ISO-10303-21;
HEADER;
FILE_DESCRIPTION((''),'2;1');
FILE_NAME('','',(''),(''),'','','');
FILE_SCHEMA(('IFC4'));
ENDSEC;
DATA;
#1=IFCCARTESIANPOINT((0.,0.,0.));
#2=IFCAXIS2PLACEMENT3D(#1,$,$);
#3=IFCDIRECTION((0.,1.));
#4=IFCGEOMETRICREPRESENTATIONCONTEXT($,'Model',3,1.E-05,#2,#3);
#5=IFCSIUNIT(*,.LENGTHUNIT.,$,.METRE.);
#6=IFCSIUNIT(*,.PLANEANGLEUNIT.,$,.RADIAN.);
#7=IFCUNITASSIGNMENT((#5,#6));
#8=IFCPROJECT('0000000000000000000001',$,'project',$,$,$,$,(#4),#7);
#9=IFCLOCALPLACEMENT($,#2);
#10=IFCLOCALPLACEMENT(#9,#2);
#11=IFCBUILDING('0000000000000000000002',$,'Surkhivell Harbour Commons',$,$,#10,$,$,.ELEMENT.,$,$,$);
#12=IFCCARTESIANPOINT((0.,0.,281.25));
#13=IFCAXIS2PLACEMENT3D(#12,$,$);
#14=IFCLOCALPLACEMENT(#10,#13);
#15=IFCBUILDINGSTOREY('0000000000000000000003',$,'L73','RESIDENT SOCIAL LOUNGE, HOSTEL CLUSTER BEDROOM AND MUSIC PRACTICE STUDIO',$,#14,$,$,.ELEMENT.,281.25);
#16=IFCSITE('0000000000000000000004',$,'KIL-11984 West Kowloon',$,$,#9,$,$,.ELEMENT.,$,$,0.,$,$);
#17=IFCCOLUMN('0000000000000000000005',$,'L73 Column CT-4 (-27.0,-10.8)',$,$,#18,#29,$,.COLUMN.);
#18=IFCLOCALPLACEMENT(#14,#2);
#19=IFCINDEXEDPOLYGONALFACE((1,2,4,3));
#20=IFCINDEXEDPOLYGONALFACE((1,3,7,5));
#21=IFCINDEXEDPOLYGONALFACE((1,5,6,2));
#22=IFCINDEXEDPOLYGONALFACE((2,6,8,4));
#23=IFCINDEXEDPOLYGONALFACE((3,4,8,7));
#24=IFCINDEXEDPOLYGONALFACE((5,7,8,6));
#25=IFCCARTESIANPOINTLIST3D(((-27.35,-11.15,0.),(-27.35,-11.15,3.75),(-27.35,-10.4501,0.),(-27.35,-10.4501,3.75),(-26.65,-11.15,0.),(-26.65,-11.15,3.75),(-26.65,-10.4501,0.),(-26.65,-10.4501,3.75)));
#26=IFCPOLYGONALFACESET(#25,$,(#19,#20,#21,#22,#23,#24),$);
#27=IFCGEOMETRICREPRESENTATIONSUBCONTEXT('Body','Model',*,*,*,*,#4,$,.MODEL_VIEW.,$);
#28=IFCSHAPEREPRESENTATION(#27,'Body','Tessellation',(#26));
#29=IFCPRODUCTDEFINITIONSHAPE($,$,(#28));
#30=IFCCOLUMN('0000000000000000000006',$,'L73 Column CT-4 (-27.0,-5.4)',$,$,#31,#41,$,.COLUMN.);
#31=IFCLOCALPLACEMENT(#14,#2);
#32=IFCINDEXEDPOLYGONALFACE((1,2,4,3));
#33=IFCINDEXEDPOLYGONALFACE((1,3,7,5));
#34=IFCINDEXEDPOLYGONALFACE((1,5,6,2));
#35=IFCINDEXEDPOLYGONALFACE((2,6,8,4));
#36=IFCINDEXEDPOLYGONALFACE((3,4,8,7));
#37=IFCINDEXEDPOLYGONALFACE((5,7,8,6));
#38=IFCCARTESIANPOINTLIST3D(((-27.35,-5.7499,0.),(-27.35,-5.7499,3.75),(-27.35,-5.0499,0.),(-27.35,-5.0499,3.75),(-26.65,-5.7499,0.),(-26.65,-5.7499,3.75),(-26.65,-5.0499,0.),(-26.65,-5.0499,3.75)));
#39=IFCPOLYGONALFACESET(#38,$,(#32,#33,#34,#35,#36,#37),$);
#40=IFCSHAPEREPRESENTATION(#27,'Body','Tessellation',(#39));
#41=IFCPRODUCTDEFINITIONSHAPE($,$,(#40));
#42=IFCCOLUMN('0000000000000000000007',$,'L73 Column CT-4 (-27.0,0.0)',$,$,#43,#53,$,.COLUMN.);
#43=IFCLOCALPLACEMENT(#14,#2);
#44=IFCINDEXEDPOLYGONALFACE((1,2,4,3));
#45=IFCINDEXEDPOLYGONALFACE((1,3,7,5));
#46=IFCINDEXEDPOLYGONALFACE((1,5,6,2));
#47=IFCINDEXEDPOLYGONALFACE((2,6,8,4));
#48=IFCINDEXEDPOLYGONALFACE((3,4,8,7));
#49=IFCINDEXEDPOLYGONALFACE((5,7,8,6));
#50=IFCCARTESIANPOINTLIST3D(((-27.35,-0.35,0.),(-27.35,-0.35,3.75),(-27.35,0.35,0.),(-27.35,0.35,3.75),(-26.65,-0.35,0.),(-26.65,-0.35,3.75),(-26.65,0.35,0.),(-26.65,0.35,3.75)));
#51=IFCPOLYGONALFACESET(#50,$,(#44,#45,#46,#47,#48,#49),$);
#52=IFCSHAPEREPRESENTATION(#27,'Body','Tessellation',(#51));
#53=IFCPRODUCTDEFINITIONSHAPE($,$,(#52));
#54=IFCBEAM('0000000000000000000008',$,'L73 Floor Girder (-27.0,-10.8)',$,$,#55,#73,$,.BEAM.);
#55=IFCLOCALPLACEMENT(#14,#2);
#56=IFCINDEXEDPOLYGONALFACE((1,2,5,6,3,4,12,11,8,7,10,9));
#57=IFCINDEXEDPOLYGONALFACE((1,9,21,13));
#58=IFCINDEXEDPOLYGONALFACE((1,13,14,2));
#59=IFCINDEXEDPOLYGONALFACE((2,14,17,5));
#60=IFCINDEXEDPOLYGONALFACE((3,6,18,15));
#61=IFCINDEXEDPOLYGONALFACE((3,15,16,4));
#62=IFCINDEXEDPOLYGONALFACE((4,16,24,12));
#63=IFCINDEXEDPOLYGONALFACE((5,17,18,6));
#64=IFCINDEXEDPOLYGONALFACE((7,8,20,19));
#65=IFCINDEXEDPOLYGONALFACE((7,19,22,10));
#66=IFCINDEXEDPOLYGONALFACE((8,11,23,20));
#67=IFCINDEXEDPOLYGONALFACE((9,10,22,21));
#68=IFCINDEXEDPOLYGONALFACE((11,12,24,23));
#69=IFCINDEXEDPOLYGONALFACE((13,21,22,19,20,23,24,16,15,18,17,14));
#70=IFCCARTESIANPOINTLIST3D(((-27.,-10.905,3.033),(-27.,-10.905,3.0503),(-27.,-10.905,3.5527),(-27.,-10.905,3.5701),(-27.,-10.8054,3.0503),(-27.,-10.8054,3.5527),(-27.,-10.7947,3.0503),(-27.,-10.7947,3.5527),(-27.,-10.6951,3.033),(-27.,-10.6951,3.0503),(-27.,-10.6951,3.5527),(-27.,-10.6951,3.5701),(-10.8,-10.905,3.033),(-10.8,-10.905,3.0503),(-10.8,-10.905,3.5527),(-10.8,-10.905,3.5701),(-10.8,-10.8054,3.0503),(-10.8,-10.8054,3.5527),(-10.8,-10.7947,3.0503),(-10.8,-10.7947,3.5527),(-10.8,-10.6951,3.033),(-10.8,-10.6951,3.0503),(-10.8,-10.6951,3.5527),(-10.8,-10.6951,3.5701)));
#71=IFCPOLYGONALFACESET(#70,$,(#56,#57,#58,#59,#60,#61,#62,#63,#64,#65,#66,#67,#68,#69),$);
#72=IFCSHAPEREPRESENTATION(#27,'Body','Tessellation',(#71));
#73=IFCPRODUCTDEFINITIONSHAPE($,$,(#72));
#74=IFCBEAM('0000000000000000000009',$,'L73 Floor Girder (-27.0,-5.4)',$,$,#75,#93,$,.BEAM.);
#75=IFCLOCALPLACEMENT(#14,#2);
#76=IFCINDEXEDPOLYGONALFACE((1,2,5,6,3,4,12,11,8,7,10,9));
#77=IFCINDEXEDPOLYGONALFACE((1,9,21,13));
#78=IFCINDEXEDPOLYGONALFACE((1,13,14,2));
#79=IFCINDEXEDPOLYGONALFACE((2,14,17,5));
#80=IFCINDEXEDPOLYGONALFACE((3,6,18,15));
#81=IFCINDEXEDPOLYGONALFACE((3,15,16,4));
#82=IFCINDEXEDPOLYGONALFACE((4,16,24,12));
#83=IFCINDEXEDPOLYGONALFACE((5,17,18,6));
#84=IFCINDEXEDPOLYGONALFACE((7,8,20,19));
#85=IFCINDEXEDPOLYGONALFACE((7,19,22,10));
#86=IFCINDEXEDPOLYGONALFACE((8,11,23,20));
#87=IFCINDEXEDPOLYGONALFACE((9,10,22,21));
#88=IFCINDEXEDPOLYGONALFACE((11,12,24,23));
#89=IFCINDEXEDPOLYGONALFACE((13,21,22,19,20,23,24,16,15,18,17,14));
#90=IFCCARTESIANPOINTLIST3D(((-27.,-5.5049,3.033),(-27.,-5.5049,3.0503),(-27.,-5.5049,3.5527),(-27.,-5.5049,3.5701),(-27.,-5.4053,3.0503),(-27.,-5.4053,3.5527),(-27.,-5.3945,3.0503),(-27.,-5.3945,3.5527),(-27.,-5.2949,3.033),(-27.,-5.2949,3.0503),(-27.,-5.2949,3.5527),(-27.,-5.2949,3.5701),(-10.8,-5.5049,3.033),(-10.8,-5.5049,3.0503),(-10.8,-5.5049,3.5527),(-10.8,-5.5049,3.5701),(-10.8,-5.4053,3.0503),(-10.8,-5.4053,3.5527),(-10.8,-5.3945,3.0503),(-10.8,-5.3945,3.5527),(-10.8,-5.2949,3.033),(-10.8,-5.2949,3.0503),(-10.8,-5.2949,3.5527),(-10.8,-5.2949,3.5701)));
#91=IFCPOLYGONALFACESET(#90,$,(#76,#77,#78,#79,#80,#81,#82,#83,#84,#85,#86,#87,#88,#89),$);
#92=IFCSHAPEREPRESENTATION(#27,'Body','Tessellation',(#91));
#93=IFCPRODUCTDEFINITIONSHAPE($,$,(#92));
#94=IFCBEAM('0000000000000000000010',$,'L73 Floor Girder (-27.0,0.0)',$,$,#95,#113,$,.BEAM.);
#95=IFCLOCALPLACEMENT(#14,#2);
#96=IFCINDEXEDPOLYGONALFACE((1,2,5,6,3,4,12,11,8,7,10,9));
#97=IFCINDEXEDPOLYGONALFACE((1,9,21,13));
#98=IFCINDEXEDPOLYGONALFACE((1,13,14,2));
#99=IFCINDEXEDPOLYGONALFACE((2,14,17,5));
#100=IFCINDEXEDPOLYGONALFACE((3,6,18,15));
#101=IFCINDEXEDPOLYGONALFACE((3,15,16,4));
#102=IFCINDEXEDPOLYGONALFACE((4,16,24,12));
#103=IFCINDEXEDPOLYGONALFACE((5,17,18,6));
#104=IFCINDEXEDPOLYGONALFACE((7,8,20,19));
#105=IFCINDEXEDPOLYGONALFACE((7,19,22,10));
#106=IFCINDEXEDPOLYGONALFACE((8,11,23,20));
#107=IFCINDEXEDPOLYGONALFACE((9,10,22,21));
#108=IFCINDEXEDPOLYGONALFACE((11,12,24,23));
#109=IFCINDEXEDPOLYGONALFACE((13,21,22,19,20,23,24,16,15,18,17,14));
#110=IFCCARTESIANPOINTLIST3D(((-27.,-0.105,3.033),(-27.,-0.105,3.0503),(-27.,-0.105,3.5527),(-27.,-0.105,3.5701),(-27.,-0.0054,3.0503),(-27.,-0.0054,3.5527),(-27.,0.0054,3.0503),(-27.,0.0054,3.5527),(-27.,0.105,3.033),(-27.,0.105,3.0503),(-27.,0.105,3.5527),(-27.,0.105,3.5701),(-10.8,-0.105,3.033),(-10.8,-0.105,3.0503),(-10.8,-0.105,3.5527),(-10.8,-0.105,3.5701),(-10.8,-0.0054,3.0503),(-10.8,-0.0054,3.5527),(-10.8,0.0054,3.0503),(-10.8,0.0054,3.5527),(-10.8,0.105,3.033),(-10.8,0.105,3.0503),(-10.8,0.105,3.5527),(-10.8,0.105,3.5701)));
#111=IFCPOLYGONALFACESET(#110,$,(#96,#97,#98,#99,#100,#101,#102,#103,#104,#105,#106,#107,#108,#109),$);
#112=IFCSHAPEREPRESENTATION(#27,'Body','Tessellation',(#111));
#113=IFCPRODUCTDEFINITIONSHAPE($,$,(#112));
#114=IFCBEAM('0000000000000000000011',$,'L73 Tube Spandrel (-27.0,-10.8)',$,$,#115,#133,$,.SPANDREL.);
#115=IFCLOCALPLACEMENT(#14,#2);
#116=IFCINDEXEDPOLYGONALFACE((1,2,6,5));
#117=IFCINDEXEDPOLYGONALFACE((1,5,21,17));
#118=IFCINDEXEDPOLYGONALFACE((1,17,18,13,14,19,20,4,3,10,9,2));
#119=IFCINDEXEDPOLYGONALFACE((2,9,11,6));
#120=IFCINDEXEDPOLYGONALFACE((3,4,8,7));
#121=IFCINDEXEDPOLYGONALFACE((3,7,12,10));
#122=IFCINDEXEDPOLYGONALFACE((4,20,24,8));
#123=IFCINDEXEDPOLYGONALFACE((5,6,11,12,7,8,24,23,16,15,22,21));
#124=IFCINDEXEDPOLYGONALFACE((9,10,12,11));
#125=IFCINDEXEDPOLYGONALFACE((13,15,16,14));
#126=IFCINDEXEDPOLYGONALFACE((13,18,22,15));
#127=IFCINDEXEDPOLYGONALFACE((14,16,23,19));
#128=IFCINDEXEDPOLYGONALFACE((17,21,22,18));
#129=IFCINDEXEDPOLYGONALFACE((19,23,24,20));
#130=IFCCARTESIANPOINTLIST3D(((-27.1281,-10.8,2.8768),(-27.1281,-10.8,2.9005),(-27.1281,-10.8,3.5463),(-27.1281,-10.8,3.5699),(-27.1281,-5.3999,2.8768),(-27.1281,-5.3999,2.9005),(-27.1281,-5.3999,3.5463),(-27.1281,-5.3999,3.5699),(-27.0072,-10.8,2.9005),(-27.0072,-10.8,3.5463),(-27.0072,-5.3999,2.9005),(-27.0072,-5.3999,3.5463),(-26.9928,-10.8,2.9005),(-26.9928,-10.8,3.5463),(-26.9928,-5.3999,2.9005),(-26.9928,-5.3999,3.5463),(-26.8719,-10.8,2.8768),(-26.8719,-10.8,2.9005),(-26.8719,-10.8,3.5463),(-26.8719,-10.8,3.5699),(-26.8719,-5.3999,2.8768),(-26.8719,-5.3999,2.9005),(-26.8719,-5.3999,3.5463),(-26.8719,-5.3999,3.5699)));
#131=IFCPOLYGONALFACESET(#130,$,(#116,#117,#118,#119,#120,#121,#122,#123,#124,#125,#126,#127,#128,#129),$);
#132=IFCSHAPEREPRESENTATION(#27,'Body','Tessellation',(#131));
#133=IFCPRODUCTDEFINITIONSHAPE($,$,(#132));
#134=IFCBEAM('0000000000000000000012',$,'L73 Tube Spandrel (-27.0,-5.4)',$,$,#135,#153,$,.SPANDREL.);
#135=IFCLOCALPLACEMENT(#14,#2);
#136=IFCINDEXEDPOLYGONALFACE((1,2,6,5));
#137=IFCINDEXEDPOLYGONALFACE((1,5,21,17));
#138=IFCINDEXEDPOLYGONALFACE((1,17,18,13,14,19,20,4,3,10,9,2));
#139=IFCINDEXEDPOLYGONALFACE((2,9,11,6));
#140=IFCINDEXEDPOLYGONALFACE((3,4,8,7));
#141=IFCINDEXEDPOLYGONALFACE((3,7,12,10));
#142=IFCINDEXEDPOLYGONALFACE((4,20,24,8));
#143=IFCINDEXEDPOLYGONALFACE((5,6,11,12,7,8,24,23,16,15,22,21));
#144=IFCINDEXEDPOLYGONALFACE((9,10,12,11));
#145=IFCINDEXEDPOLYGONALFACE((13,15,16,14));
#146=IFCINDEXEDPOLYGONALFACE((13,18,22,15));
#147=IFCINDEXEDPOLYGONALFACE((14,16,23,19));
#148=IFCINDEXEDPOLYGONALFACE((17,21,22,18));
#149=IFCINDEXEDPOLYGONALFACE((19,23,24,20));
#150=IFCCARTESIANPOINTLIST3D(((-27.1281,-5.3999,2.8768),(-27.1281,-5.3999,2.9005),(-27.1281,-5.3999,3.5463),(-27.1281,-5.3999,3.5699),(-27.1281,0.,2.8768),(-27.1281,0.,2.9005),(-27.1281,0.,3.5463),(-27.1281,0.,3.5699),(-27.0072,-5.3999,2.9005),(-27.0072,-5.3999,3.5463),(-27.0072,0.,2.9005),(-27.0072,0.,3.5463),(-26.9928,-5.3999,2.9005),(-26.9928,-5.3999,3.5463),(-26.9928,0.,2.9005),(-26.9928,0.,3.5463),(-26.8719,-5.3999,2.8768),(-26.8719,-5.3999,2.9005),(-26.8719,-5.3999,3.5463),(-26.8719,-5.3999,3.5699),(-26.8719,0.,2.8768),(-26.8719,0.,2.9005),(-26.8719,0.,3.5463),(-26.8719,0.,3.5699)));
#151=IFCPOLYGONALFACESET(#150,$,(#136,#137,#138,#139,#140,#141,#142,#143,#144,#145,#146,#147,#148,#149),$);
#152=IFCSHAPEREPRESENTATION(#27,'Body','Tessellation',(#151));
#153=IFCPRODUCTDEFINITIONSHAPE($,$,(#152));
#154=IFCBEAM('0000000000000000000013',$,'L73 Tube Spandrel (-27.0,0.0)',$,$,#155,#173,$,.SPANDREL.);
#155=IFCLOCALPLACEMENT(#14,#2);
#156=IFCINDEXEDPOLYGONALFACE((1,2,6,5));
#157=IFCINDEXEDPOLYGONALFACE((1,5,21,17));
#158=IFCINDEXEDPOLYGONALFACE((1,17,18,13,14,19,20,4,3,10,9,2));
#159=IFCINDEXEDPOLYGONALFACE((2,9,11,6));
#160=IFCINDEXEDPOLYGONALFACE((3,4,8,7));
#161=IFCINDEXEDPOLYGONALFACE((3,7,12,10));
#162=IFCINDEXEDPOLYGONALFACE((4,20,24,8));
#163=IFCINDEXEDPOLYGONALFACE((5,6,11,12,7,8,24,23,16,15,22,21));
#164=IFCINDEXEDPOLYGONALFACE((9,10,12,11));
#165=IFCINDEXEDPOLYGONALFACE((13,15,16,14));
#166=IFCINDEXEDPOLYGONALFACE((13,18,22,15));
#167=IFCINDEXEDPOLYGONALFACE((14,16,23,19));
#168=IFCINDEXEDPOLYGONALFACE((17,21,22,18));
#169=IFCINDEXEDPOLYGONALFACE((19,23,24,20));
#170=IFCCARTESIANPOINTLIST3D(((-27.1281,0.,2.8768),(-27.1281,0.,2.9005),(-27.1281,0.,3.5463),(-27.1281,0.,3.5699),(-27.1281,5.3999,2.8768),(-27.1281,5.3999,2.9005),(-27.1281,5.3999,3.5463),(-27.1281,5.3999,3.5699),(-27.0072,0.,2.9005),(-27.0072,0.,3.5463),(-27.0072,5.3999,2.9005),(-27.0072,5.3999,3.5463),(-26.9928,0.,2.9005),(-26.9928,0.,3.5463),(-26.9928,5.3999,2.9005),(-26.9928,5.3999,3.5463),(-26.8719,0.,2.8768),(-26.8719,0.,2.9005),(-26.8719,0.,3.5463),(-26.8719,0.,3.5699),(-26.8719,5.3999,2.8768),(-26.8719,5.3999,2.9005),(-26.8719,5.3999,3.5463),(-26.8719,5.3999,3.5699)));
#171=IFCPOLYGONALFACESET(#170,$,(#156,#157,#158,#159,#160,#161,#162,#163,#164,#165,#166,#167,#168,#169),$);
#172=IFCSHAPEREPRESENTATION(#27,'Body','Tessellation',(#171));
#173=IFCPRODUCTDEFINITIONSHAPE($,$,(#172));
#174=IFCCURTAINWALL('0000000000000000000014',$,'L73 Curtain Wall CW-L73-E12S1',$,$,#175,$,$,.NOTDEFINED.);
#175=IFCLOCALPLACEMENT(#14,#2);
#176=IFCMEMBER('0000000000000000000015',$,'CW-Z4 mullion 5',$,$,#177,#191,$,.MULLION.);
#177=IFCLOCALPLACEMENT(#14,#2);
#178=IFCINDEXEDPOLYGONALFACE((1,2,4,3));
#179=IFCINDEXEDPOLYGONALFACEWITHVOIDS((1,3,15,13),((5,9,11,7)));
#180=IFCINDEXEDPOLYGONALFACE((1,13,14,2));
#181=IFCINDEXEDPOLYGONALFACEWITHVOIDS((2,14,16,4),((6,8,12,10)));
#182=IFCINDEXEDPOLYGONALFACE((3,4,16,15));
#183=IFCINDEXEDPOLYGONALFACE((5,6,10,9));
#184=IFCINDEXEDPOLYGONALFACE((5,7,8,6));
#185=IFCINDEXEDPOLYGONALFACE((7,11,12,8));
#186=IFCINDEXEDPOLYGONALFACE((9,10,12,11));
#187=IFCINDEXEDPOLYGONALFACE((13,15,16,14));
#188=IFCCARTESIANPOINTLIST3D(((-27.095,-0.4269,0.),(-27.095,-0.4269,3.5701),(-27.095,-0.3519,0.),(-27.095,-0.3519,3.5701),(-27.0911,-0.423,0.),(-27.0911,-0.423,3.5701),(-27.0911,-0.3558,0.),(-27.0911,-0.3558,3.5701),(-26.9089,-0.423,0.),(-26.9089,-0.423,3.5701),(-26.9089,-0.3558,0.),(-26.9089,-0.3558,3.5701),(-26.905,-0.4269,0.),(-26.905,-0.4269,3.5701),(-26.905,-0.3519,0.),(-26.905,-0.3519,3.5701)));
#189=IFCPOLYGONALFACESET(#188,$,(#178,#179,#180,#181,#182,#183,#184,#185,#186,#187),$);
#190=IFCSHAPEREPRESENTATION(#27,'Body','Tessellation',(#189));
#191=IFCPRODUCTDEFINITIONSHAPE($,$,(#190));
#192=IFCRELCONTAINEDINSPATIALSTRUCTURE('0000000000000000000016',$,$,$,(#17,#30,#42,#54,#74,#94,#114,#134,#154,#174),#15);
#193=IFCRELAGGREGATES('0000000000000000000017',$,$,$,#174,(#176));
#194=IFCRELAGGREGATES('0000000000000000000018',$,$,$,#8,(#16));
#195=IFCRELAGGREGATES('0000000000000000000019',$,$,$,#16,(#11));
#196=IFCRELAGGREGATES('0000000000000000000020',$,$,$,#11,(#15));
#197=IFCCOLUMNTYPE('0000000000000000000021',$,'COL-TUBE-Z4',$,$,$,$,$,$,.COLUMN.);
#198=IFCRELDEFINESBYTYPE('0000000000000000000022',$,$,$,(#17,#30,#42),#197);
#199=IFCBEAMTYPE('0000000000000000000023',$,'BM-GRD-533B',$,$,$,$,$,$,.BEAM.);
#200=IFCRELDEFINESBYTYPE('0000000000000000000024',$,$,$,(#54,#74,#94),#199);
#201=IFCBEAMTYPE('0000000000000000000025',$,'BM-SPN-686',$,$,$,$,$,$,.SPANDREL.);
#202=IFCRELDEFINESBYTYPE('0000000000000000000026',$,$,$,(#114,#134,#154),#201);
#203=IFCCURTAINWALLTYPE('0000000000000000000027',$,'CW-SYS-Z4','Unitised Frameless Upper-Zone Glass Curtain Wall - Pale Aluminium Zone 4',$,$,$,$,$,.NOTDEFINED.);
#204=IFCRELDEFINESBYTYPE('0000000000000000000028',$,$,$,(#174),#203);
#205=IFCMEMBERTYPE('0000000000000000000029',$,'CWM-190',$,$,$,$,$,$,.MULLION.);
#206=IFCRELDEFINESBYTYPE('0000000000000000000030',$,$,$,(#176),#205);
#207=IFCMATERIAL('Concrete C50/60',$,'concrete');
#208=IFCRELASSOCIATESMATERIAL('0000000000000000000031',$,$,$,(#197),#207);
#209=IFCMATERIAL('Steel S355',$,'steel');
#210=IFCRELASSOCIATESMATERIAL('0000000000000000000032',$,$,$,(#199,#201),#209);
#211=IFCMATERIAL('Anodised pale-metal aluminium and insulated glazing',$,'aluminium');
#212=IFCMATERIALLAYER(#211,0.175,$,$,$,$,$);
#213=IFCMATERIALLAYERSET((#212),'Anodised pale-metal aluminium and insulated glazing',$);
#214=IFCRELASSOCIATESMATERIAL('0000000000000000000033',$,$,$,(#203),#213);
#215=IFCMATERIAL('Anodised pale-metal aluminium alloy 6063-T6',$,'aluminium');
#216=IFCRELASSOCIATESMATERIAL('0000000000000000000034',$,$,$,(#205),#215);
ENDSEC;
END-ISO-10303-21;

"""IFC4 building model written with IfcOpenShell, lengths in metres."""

from ifc_helpers import new_model, si_unit, direction, frame, origin, origin_2d, place, context, subcontext, project, spatial, rectangle, hollow_rectangle, i_section, extrude, material, layer, layer_set, material_profile, profile_set, type_object, element, aggregate, save


model = new_model("IFC4")

# Units and contexts
model_context = context("Model", 3, precision=1e-05, world=origin(), true_north=direction((0.0, 1.0)))
body_context = subcontext(model_context, "Body", "Model", "MODEL_VIEW")
ifc_project = project(units=[si_unit("LENGTHUNIT", "METRE"), si_unit("PLANEANGLEUNIT", "RADIAN")], contexts=[model_context])

# Site, building, storey
site_placement = place(None, origin())
site = spatial("IfcSite", under=ifc_project, at=site_placement, Name="KIL-11984 West Kowloon", CompositionType="ELEMENT", RefElevation=0.0)
building_placement = place(site_placement, origin())
building = spatial("IfcBuilding", under=site, at=building_placement, Name="Surkhivell Harbour Commons", CompositionType="ELEMENT")
storey_placement = place(building_placement, frame((0.0, 0.0, 281.25)))
storey = spatial("IfcBuildingStorey", under=building, at=storey_placement, Name="L73", Description="RESIDENT SOCIAL LOUNGE, HOSTEL CLUSTER BEDROOM AND MUSIC PRACTICE STUDIO", CompositionType="ELEMENT", Elevation=281.25)

# Columns
ifc_material_1 = material(Name="Concrete C50/60", Category="concrete")
ifc_material_profile_1 = material_profile(ifc_material_1, rectangle(XDim=0.7, YDim=0.7, at=origin_2d()), Name="RC-COL-700x700")
ifc_profile_set_1 = profile_set([ifc_material_profile_1], Name="Concrete C50/60")
column_type = type_object("IfcColumnType", Name="COL-TUBE-Z4", PredefinedType="COLUMN", material=ifc_profile_set_1)
for number, where, z_axis, x_axis, name in (
    (1, (-27.0, -10.8, 0.0), (0.0, 0.0, 1.0), (1.0, 0.0, 0.0), "L73 Column CT-4 (-27.0,-10.8)"),
    (2, (-27.0, -5.3999, 0.0), (0.0, 0.0, 1.0), (1.0, 0.0, 0.0), "L73 Column CT-4 (-27.0,-5.4)"),
    (3, (-27.0, 0.0, 0.0), (0.0, 0.0, 1.0), (1.0, 0.0, 0.0), "L73 Column CT-4 (-27.0,0.0)"),
):
    element("IfcColumn", number, at=place(storey_placement, frame(where, z_axis=z_axis, x_axis=x_axis)), inside=storey, type_object=column_type, Name=name, PredefinedType="COLUMN", context=body_context, shape_type="SweptSolid", body=[
        extrude(rectangle(XDim=0.7, YDim=0.7, at=origin_2d()), origin(), (0.0, 0.0, 1.0), 3.75),
    ])

# Beams
ifc_material_2 = material(Name="Steel S355", Category="steel")
ifc_material_profile_2 = material_profile(ifc_material_2, i_section(OverallWidth=0.21, OverallDepth=0.5371, WebThickness=0.0107, FlangeThickness=0.0173, at=origin_2d()), Name="UB533x210x101")
ifc_profile_set_2 = profile_set([ifc_material_profile_2], Name="Steel S355")
beam_type_1 = type_object("IfcBeamType", Name="BM-GRD-533B", PredefinedType="BEAM", material=ifc_profile_set_2)
for number, where, z_axis, x_axis, name in (
    (4, (-27.0, -10.8, 3.3015), (1.0, 0.0, 0.0), (0.0, 1.0, 0.0), "L73 Floor Girder (-27.0,-10.8)"),
    (5, (-27.0, -5.3999, 3.3015), (1.0, 0.0, 0.0), (0.0, 1.0, 0.0), "L73 Floor Girder (-27.0,-5.4)"),
    (6, (-27.0, 0.0, 3.3015), (1.0, 0.0, 0.0), (0.0, 1.0, 0.0), "L73 Floor Girder (-27.0,0.0)"),
):
    element("IfcBeam", number, at=place(storey_placement, frame(where, z_axis=z_axis, x_axis=x_axis)), inside=storey, type_object=beam_type_1, Name=name, PredefinedType="BEAM", context=body_context, shape_type="SweptSolid", body=[
        extrude(i_section(OverallWidth=0.21, OverallDepth=0.5371, WebThickness=0.0107, FlangeThickness=0.0173, at=origin_2d()), origin(), (0.0, 0.0, 1.0), 16.2),
    ])
ifc_material_profile_3 = material_profile(ifc_material_2, i_section(OverallWidth=0.2561, OverallDepth=0.6931, WebThickness=0.0144, FlangeThickness=0.0237, at=origin_2d()), Name="UB686x254x170")
ifc_profile_set_3 = profile_set([ifc_material_profile_3], Name="Steel S355")
beam_type_2 = type_object("IfcBeamType", Name="BM-SPN-686", PredefinedType="SPANDREL", material=ifc_profile_set_3)
beam_placement = place(storey_placement, frame((-27.0, -10.8, 3.2234), z_axis=(0.0, 1.0, 0.0), x_axis=(-1.0, 0.0, 0.0)))
element("IfcBeam", 7, at=beam_placement, inside=storey, type_object=beam_type_2, Name="L73 Tube Spandrel (-27.0,-10.8)", PredefinedType="SPANDREL", context=body_context, shape_type="SweptSolid", body=[
    extrude(i_section(OverallWidth=0.2561, OverallDepth=0.6931, WebThickness=0.0144, FlangeThickness=0.0237, at=origin_2d()), origin(), (0.0, 0.0, 1.0), 5.4001),
])
for number, where, z_axis, x_axis, name in (
    (8, (-27.0, -5.3999, 3.2234), (0.0, 1.0, 0.0), (-1.0, 0.0, 0.0), "L73 Tube Spandrel (-27.0,-5.4)"),
    (9, (-27.0, 0.0, 3.2234), (0.0, 1.0, 0.0), (-1.0, 0.0, 0.0), "L73 Tube Spandrel (-27.0,0.0)"),
):
    element("IfcBeam", number, at=place(storey_placement, frame(where, z_axis=z_axis, x_axis=x_axis)), inside=storey, type_object=beam_type_2, Name=name, PredefinedType="SPANDREL", context=body_context, shape_type="SweptSolid", body=[
        extrude(i_section(OverallWidth=0.2561, OverallDepth=0.6931, WebThickness=0.0144, FlangeThickness=0.0237, at=origin_2d()), origin(), (0.0, 0.0, 1.0), 5.3999),
    ])

# Curtain wall, member
ifc_material_3 = material(Name="Anodised pale-metal aluminium and insulated glazing", Category="aluminium")
ifc_layer_1 = layer(ifc_material_3, 0.175)
ifc_layer_set_1 = layer_set([ifc_layer_1], Name="Anodised pale-metal aluminium and insulated glazing")
curtain_wall_type = type_object("IfcCurtainWallType", Name="CW-SYS-Z4", Description="Unitised Frameless Upper-Zone Glass Curtain Wall - Pale Aluminium Zone 4", PredefinedType="NOTDEFINED", material=ifc_layer_set_1)
curtain_wall_placement = place(storey_placement, origin())
curtain_wall = element("IfcCurtainWall", 10, at=curtain_wall_placement, inside=storey, type_object=curtain_wall_type, Name="L73 Curtain Wall CW-L73-E12S1", PredefinedType="NOTDEFINED")
ifc_material_4 = material(Name="Anodised pale-metal aluminium alloy 6063-T6", Category="aluminium")
ifc_material_profile_4 = material_profile(ifc_material_4, hollow_rectangle(XDim=0.075, YDim=0.1899, WallThickness=0.0039, at=origin_2d()), Name="ALU-MULL-75x190")
ifc_profile_set_4 = profile_set([ifc_material_profile_4], Name="Anodised pale-metal aluminium alloy 6063-T6")
member_type_1 = type_object("IfcMemberType", Name="CWM-190", PredefinedType="MULLION", material=ifc_profile_set_4)
member_1_placement = place(storey_placement, frame((-27.0, -0.3894, 0.0), z_axis=(0.0, 0.0, 1.0), x_axis=(0.0, -1.0, 0.0)))
member_1 = element("IfcMember", 11, at=member_1_placement, type_object=member_type_1, Name="CW-Z4 mullion 5", PredefinedType="MULLION", context=body_context, shape_type="SweptSolid", body=[
    extrude(hollow_rectangle(XDim=0.075, YDim=0.1899, WallThickness=0.0039, at=origin_2d()), origin(), (0.0, 0.0, 1.0), 3.5701),
])

aggregate(curtain_wall, [member_1])

save(model, "model.ifc")
